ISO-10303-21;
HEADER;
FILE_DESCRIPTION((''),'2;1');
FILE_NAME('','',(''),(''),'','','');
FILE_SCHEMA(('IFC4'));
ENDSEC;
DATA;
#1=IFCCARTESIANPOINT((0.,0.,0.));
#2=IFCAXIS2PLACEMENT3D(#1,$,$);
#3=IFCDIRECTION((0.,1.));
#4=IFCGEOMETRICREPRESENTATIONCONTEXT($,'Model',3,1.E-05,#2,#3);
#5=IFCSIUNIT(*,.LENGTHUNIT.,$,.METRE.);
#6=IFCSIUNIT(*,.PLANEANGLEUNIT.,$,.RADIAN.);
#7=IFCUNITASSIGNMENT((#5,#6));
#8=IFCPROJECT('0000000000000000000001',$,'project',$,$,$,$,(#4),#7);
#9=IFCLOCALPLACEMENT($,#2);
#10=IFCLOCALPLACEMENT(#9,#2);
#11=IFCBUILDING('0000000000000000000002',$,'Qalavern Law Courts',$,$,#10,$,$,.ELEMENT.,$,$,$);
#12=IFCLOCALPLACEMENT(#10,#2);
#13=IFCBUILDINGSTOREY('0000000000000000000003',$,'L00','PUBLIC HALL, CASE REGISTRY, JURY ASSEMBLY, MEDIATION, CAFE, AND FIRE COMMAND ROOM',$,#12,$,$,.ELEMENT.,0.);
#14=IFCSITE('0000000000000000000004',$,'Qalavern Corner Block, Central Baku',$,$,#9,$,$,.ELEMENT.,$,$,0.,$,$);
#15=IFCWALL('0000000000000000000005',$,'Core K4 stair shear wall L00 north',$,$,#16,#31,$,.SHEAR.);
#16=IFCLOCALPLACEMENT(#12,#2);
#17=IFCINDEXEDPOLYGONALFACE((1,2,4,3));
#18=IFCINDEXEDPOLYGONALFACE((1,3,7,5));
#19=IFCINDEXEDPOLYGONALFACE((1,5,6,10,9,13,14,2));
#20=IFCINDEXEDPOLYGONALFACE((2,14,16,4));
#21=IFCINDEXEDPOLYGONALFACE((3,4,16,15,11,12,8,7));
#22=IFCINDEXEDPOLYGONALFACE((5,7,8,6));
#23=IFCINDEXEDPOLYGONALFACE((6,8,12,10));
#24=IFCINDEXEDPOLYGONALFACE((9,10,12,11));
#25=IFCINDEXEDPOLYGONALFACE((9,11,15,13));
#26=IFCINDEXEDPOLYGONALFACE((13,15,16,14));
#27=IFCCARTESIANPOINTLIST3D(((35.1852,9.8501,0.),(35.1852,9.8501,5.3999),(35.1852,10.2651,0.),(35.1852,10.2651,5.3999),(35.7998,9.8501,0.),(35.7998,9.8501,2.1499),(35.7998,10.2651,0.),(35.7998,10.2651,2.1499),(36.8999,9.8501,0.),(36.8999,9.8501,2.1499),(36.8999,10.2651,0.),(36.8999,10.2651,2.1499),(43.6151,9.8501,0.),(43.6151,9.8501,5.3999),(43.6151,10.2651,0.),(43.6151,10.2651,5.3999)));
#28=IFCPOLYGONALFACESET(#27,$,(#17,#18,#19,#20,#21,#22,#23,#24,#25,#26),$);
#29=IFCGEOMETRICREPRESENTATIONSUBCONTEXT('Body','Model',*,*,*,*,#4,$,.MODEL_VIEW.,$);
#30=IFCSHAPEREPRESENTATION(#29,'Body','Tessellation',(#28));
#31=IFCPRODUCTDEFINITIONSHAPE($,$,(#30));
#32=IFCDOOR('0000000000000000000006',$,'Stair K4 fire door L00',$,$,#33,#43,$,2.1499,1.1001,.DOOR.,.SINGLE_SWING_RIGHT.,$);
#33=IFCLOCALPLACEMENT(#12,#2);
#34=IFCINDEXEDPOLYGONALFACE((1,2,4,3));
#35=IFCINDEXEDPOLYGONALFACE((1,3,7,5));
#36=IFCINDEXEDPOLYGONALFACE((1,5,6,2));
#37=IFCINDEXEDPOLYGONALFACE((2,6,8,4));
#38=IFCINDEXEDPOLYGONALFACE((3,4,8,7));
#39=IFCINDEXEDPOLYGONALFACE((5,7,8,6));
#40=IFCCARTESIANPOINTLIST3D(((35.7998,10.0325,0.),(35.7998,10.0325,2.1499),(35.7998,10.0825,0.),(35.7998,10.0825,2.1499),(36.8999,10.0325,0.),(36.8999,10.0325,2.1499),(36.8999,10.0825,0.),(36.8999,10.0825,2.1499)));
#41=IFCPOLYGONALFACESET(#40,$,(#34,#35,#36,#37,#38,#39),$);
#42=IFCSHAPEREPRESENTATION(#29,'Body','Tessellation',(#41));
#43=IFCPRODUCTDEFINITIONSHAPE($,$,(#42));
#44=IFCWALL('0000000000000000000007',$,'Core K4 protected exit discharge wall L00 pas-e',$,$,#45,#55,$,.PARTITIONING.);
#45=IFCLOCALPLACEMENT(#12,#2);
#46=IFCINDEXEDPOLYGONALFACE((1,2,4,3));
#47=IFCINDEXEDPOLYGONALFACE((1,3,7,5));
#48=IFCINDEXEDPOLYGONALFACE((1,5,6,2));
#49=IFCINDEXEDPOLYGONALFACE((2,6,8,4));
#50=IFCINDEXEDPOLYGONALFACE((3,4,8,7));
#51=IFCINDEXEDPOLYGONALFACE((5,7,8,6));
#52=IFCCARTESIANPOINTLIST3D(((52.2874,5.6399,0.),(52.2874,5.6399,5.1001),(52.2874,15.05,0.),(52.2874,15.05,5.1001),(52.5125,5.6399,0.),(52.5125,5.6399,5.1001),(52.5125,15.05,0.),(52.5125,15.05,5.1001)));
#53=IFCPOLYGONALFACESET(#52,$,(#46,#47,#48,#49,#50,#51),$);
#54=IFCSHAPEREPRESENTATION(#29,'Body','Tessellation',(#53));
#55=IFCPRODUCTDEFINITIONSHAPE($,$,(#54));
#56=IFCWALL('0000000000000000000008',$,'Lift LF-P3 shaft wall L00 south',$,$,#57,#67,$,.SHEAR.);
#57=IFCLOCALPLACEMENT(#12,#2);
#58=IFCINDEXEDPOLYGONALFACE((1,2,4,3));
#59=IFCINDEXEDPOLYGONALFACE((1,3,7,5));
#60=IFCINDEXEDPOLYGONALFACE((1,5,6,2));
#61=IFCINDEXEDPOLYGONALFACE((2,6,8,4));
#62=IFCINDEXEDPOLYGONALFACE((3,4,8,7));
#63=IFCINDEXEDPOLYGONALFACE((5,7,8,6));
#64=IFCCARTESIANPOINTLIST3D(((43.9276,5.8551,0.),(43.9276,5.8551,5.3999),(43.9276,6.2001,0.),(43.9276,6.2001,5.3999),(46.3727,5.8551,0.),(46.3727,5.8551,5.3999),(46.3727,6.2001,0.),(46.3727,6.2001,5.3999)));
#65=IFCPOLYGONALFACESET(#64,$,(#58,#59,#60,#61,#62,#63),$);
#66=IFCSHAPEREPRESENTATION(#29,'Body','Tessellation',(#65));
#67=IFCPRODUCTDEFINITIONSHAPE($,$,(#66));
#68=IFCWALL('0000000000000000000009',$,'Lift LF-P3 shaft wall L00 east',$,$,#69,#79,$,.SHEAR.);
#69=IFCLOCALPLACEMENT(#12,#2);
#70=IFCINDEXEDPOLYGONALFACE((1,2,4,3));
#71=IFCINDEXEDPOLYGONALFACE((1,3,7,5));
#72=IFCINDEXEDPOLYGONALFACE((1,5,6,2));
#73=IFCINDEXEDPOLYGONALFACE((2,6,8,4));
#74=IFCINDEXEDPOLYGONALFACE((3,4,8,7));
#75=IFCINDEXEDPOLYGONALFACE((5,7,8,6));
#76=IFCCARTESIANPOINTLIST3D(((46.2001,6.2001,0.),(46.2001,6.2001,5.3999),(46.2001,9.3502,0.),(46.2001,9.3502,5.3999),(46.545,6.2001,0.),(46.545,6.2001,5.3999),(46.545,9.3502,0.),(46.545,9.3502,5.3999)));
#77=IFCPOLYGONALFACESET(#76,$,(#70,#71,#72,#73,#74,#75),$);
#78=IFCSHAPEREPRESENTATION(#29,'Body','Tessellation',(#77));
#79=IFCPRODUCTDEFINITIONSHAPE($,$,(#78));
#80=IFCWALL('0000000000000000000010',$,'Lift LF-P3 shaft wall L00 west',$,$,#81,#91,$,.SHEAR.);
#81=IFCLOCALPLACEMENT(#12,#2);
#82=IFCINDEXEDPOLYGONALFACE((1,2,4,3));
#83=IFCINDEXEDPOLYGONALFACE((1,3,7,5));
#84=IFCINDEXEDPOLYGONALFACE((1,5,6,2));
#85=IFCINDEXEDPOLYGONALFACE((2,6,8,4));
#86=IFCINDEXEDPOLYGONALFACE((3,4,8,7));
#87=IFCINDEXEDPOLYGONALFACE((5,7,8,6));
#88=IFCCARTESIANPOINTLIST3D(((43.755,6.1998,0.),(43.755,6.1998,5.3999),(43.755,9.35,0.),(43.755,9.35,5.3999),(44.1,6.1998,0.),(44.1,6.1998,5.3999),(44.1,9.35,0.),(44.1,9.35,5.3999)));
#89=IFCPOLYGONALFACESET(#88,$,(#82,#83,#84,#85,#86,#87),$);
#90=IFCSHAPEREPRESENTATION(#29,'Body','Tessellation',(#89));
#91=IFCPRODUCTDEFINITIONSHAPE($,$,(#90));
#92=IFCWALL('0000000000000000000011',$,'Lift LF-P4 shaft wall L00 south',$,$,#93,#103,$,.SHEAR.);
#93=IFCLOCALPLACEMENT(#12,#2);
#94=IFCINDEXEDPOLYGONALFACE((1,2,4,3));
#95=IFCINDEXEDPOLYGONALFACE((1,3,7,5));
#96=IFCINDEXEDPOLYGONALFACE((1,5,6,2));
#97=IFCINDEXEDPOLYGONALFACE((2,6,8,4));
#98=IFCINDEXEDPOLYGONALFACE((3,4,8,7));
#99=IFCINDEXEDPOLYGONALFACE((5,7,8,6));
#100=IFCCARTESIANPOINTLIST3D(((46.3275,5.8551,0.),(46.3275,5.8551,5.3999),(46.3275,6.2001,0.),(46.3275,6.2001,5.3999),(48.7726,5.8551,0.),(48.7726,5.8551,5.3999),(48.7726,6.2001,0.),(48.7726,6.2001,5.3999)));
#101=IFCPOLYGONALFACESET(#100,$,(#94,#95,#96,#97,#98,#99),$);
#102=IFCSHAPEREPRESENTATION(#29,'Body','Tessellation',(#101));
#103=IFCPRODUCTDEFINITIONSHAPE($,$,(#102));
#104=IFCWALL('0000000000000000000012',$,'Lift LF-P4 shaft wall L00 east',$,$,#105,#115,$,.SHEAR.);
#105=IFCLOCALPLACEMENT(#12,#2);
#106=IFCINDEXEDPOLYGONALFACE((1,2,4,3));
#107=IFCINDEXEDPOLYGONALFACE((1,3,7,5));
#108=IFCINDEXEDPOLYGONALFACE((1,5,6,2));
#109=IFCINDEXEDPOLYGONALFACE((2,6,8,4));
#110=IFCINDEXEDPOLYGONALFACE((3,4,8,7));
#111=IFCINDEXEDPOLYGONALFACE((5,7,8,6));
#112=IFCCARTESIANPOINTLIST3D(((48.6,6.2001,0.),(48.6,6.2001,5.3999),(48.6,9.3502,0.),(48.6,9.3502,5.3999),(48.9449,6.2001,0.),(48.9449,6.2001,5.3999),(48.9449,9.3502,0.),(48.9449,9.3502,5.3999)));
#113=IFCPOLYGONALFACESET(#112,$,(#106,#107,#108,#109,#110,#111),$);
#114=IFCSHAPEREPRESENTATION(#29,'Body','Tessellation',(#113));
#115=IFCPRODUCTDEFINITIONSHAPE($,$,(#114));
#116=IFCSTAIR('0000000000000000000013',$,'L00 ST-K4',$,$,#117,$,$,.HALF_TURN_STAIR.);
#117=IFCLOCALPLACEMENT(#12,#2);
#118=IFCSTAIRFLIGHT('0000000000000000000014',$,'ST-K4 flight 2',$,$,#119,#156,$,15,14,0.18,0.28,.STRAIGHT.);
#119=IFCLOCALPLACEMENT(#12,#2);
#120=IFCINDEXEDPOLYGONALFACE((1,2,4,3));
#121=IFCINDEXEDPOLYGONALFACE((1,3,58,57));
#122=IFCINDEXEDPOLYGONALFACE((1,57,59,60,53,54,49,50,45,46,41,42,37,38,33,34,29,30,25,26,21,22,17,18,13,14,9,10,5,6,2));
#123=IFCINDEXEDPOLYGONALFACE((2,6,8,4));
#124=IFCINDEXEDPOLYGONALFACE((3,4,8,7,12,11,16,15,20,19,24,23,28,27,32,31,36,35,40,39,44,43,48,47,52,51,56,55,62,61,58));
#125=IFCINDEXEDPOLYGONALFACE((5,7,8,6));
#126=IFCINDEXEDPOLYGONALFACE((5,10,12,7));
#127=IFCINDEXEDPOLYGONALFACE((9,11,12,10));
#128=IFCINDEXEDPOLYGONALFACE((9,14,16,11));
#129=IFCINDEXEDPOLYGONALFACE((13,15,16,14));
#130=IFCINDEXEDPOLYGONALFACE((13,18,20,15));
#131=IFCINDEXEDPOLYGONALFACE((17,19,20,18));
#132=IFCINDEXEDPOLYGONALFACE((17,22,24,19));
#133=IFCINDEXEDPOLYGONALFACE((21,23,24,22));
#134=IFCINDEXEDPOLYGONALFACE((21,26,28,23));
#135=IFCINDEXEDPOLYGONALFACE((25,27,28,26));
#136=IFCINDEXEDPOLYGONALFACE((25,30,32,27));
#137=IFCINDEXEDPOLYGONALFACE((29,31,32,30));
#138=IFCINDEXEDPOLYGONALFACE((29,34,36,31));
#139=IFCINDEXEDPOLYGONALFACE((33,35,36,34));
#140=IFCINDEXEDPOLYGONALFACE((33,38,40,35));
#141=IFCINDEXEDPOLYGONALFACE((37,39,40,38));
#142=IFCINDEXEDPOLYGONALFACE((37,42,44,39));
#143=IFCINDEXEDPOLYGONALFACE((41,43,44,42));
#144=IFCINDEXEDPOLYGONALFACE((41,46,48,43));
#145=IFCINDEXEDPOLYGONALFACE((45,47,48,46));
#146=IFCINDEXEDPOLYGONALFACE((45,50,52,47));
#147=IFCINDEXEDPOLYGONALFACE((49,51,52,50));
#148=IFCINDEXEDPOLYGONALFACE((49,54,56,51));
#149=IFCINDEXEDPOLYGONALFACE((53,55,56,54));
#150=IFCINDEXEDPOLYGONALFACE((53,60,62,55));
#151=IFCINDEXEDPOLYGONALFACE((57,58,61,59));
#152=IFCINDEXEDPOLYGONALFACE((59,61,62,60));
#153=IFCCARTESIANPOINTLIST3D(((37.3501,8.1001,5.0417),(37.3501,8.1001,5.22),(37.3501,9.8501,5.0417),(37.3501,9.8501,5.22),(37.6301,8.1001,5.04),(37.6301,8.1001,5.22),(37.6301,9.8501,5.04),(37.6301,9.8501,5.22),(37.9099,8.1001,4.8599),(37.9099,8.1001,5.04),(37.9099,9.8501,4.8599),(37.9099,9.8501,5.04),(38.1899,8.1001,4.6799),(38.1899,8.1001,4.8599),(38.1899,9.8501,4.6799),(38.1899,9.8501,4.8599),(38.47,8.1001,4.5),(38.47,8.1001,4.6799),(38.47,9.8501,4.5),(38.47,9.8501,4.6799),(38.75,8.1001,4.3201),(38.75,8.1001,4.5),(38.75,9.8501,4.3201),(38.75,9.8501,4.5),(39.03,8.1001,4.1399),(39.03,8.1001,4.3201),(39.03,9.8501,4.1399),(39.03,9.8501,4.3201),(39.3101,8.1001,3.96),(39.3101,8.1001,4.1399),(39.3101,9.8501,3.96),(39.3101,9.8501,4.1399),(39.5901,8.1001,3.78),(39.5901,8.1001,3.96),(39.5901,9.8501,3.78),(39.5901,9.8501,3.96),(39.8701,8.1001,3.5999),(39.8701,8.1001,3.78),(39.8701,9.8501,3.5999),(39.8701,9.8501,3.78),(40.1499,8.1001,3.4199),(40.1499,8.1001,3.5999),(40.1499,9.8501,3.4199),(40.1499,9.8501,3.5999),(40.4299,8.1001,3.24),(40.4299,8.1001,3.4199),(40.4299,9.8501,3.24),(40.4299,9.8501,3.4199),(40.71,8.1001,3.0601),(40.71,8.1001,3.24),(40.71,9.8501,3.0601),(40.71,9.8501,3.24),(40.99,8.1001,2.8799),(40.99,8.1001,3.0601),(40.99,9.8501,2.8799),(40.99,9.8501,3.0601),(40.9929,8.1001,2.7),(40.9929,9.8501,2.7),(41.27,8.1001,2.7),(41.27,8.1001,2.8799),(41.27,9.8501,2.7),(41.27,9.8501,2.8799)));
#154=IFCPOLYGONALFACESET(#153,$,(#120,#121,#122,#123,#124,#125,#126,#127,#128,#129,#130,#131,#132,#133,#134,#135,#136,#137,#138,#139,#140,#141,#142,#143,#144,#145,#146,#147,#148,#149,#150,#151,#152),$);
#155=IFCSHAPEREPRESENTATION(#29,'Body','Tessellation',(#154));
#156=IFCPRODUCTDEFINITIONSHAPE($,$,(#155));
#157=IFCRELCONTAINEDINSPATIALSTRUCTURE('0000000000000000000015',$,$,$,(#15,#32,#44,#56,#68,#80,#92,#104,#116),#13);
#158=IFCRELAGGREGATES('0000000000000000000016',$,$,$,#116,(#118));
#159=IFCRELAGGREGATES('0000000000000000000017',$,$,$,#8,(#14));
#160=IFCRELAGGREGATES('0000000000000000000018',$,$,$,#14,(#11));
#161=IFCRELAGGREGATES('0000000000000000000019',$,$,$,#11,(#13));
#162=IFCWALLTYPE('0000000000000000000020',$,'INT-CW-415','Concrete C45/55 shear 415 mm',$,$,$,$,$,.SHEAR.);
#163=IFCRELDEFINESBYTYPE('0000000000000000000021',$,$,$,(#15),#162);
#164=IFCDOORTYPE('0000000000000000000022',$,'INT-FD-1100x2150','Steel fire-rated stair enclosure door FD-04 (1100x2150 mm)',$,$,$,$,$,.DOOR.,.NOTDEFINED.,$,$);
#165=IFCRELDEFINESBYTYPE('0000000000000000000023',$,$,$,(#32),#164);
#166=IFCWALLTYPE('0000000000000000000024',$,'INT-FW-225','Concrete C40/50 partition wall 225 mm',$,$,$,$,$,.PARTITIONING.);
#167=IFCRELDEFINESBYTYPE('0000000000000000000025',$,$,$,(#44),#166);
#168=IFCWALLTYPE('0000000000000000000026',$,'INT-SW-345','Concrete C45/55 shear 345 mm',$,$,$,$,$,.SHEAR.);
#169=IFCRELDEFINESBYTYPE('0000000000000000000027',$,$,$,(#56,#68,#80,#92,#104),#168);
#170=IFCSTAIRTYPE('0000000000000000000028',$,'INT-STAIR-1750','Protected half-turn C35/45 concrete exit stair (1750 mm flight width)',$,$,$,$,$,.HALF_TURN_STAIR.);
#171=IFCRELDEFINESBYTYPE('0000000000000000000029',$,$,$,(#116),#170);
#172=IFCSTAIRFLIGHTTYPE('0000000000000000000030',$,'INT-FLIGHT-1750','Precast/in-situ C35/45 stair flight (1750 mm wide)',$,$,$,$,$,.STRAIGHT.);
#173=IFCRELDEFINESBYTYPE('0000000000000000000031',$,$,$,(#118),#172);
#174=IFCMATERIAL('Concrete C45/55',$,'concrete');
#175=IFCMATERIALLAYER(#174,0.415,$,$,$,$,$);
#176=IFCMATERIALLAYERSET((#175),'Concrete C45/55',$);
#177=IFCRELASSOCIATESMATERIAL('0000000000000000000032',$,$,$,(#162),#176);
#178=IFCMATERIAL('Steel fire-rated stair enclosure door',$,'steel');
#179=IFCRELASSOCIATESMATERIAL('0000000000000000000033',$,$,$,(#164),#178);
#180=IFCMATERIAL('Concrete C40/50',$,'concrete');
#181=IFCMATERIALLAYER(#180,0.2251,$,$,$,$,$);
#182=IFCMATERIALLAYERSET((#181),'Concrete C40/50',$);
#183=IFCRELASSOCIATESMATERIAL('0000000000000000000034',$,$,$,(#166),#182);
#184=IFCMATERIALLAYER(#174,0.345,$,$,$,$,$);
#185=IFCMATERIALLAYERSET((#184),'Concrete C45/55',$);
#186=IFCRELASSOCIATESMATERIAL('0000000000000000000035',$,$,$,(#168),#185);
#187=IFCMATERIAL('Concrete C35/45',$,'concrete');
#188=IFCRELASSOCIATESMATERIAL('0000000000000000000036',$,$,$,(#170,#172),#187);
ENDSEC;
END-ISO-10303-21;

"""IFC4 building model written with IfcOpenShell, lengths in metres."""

from ifc_helpers import new_model, si_unit, direction, frame, frame_2d, origin, place, context, subcontext, project, spatial, polyline, rectangle, outline, extrude, material, layer, layer_set, type_object, element, fill, aggregate, save


model = new_model("IFC4")

# Units and contexts
model_context = context("Model", 3, precision=1e-05, world=origin(), true_north=direction((0.0, 1.0)))
body_context = subcontext(model_context, "Body", "Model", "MODEL_VIEW")
ifc_project = project(units=[si_unit("LENGTHUNIT", "METRE"), si_unit("PLANEANGLEUNIT", "RADIAN")], contexts=[model_context])

# Site, building, storey
site_placement = place(None, origin())
site = spatial("IfcSite", under=ifc_project, at=site_placement, Name="Qalavern Corner Block, Central Baku", CompositionType="ELEMENT", RefElevation=0.0)
building_placement = place(site_placement, origin())
building = spatial("IfcBuilding", under=site, at=building_placement, Name="Qalavern Law Courts", CompositionType="ELEMENT")
storey_placement = place(building_placement, origin())
storey = spatial("IfcBuildingStorey", under=building, at=storey_placement, Name="L00", Description="PUBLIC HALL, CASE REGISTRY, JURY ASSEMBLY, MEDIATION, CAFE, AND FIRE COMMAND ROOM", CompositionType="ELEMENT", Elevation=0.0)

# Shared definitions
ifc_material_1 = material(Name="Concrete C45/55", Category="concrete")

# Shared definitions
ifc_material_2 = material(Name="Concrete C40/50", Category="concrete")

# Shared definitions
ifc_layer_1 = layer(ifc_material_1, 0.415)
ifc_layer_set_1 = layer_set([ifc_layer_1], Name="Concrete C45/55")
wall_type_1 = type_object("IfcWallType", Name="INT-CW-415", Description="Concrete C45/55 shear 415 mm", PredefinedType="SHEAR", material=ifc_layer_set_1)

# Wall, opening, door
wall_1_placement = place(storey_placement, frame((43.615, 10.0576, 0.0), z_axis=(0.0, 0.0, 1.0), x_axis=(-1.0, 0.0, 0.0)))
wall_1 = element("IfcWall", 1, at=wall_1_placement, inside=storey, type_object=wall_type_1, Name="Core K4 stair shear wall L00 north", PredefinedType="SHEAR", context=body_context, shape_type="SweptSolid", body=[
    extrude(rectangle(XDim=8.4299, YDim=0.415, at=frame_2d((4.2148, 0.0))), origin(), (0.0, 0.0, 1.0), 5.3999),
])
opening_1_placement = place(wall_1_placement, frame((6.7151, 0.0, 0.0)))
opening_1 = element("IfcOpeningElement", 2, at=opening_1_placement, cuts=wall_1, PredefinedType="OPENING", context=body_context, shape_type="SweptSolid", body=[
    extrude(rectangle(XDim=1.1001, YDim=2.1499, at=frame_2d((0.55, 1.075))), frame((0.0, 0.2224, 0.0), z_axis=(0.0, -1.0, 0.0), x_axis=(1.0, 0.0, 0.0)), (0.0, 0.0, 1.0), 0.4448),
])
ifc_material_3 = material(Name="Steel fire-rated stair enclosure door", Category="steel")
door_type_1 = type_object("IfcDoorType", Name="INT-FD-1100x2150", Description="Steel fire-rated stair enclosure door FD-04 (1100x2150 mm)", OperationType="NOTDEFINED", PredefinedType="DOOR", material=ifc_material_3)
door_1_placement = place(opening_1_placement, frame((1.1001, 0.0, 0.0), z_axis=(0.0, 0.0, 1.0), x_axis=(-1.0, 0.0, 0.0)))
door_1 = element("IfcDoor", 3, at=door_1_placement, inside=storey, type_object=door_type_1, Name="Stair K4 fire door L00", OperationType="SINGLE_SWING_RIGHT", OverallHeight=2.1499, OverallWidth=1.1001, PredefinedType="DOOR", context=body_context, shape_type="SweptSolid", body=[
    extrude(rectangle(XDim=1.1001, YDim=2.1499, at=frame_2d((0.55, 1.075))), frame((0.0, 0.0249, 0.0), z_axis=(0.0, -1.0, 0.0), x_axis=(1.0, 0.0, 0.0)), (0.0, 0.0, 1.0), 0.05),
])
fill(opening_1, door_1)

# Walls
ifc_layer_2 = layer(ifc_material_2, 0.2251)
ifc_layer_set_2 = layer_set([ifc_layer_2], Name="Concrete C40/50")
wall_type_2 = type_object("IfcWallType", Name="INT-FW-225", Description="Concrete C40/50 partition wall 225 mm", PredefinedType="PARTITIONING", material=ifc_layer_set_2)
wall_2_placement = place(storey_placement, frame((52.3999, 5.6399, 0.0), z_axis=(0.0, 0.0, 1.0), x_axis=(0.0, 1.0, 0.0)))
element("IfcWall", 4, at=wall_2_placement, inside=storey, type_object=wall_type_2, Name="Core K4 protected exit discharge wall L00 pas-e", PredefinedType="PARTITIONING", context=body_context, shape_type="SweptSolid", body=[
    extrude(rectangle(XDim=9.4102, YDim=0.2251, at=frame_2d((4.7051, 0.0))), origin(), (0.0, 0.0, 1.0), 5.1001),
])
ifc_layer_3 = layer(ifc_material_1, 0.345)
ifc_layer_set_3 = layer_set([ifc_layer_3], Name="Concrete C45/55")
wall_type_3 = type_object("IfcWallType", Name="INT-SW-345", Description="Concrete C45/55 shear 345 mm", PredefinedType="SHEAR", material=ifc_layer_set_3)
wall_3_placement = place(storey_placement, frame((43.9275, 6.0276, 0.0), z_axis=(0.0, 0.0, 1.0), x_axis=(1.0, 0.0, 0.0)))
element("IfcWall", 5, at=wall_3_placement, inside=storey, type_object=wall_type_3, Name="Lift LF-P3 shaft wall L00 south", PredefinedType="SHEAR", context=body_context, shape_type="SweptSolid", body=[
    extrude(rectangle(XDim=2.4451, YDim=0.345, at=frame_2d((1.2227, 0.0))), origin(), (0.0, 0.0, 1.0), 5.3999),
])
wall_4_placement = place(storey_placement, frame((46.3726, 6.2, 0.0), z_axis=(0.0, 0.0, 1.0), x_axis=(0.0, 1.0, 0.0)))
element("IfcWall", 6, at=wall_4_placement, inside=storey, type_object=wall_type_3, Name="Lift LF-P3 shaft wall L00 east", PredefinedType="SHEAR", context=body_context, shape_type="SweptSolid", body=[
    extrude(rectangle(XDim=3.1501, YDim=0.345, at=frame_2d((1.5752, 0.0))), origin(), (0.0, 0.0, 1.0), 5.3999),
])

# Walls
wall_5_placement = place(storey_placement, frame((43.9275, 9.3501, 0.0), z_axis=(0.0, 0.0, 1.0), x_axis=(0.0, -1.0, 0.0)))
element("IfcWall", 7, at=wall_5_placement, inside=storey, type_object=wall_type_3, Name="Lift LF-P3 shaft wall L00 west", PredefinedType="SHEAR", context=body_context, shape_type="SweptSolid", body=[
    extrude(rectangle(XDim=3.1501, YDim=0.345, at=frame_2d((1.5752, 0.0))), origin(), (0.0, 0.0, 1.0), 5.3999),
])
wall_6_placement = place(storey_placement, frame((46.3274, 6.0276, 0.0), z_axis=(0.0, 0.0, 1.0), x_axis=(1.0, 0.0, 0.0)))
element("IfcWall", 8, at=wall_6_placement, inside=storey, type_object=wall_type_3, Name="Lift LF-P4 shaft wall L00 south", PredefinedType="SHEAR", context=body_context, shape_type="SweptSolid", body=[
    extrude(rectangle(XDim=2.4451, YDim=0.345, at=frame_2d((1.2227, 0.0))), origin(), (0.0, 0.0, 1.0), 5.3999),
])
wall_7_placement = place(storey_placement, frame((48.7725, 6.2, 0.0), z_axis=(0.0, 0.0, 1.0), x_axis=(0.0, 1.0, 0.0)))
element("IfcWall", 9, at=wall_7_placement, inside=storey, type_object=wall_type_3, Name="Lift LF-P4 shaft wall L00 east", PredefinedType="SHEAR", context=body_context, shape_type="SweptSolid", body=[
    extrude(rectangle(XDim=3.1501, YDim=0.345, at=frame_2d((1.5752, 0.0))), origin(), (0.0, 0.0, 1.0), 5.3999),
])

# Stair, stair flight
ifc_material_4 = material(Name="Concrete C35/45", Category="concrete")
stair_type = type_object("IfcStairType", Name="INT-STAIR-1750", Description="Protected half-turn C35/45 concrete exit stair (1750 mm flight width)", PredefinedType="HALF_TURN_STAIR", material=ifc_material_4)
stair_placement = place(storey_placement, origin())
stair = element("IfcStair", 10, at=stair_placement, inside=storey, type_object=stair_type, Name="L00 ST-K4", PredefinedType="HALF_TURN_STAIR")
stair_flight_type = type_object("IfcStairFlightType", Name="INT-FLIGHT-1750", Description="Precast/in-situ C35/45 stair flight (1750 mm wide)", PredefinedType="STRAIGHT", material=ifc_material_4)
stair_flight_placement = place(storey_placement, frame((41.27, 8.9751, 2.7), z_axis=(0.0, 0.0, 1.0), x_axis=(-1.0, 0.0, 0.0)))
stair_flight = element("IfcStairFlight", 11, at=stair_flight_placement, type_object=stair_flight_type, Name="ST-K4 flight 2", NumberOfRisers=15, NumberOfTreads=14, PredefinedType="STRAIGHT", RiserHeight=0.18, TreadLength=0.28, context=body_context, shape_type="SweptSolid", body=[
    extrude(outline(polyline([(0.0, 0.0), (0.0, 0.1799), (0.28, 0.1799), (0.28, 0.3601), (0.5601, 0.3601), (0.5601, 0.54), (0.8401, 0.54), (0.8401, 0.72), (1.1201, 0.72), (1.1201, 0.8999), (1.3999, 0.8999), (1.3999, 1.0801), (1.6799, 1.0801), (1.6799, 1.26), (1.96, 1.26), (1.96, 1.4399), (2.24, 1.4399), (2.24, 1.6201), (2.52, 1.6201), (2.52, 1.8), (2.8, 1.8), (2.8, 1.98), (3.0801, 1.98), (3.0801, 2.1599), (3.3601, 2.1599), (3.3601, 2.3401), (3.6399, 2.3401), (3.6399, 2.52), (3.9199, 2.52), (3.9199, 2.7), (3.9199, 2.3418), (0.2771, 0.0), (0.0, 0.0)])), frame((0.0, 0.875, 0.0), z_axis=(0.0, -1.0, 0.0), x_axis=(1.0, 0.0, 0.0)), (0.0, 0.0, 1.0), 1.75),
])
aggregate(stair, [stair_flight])

save(model, "model.ifc")
